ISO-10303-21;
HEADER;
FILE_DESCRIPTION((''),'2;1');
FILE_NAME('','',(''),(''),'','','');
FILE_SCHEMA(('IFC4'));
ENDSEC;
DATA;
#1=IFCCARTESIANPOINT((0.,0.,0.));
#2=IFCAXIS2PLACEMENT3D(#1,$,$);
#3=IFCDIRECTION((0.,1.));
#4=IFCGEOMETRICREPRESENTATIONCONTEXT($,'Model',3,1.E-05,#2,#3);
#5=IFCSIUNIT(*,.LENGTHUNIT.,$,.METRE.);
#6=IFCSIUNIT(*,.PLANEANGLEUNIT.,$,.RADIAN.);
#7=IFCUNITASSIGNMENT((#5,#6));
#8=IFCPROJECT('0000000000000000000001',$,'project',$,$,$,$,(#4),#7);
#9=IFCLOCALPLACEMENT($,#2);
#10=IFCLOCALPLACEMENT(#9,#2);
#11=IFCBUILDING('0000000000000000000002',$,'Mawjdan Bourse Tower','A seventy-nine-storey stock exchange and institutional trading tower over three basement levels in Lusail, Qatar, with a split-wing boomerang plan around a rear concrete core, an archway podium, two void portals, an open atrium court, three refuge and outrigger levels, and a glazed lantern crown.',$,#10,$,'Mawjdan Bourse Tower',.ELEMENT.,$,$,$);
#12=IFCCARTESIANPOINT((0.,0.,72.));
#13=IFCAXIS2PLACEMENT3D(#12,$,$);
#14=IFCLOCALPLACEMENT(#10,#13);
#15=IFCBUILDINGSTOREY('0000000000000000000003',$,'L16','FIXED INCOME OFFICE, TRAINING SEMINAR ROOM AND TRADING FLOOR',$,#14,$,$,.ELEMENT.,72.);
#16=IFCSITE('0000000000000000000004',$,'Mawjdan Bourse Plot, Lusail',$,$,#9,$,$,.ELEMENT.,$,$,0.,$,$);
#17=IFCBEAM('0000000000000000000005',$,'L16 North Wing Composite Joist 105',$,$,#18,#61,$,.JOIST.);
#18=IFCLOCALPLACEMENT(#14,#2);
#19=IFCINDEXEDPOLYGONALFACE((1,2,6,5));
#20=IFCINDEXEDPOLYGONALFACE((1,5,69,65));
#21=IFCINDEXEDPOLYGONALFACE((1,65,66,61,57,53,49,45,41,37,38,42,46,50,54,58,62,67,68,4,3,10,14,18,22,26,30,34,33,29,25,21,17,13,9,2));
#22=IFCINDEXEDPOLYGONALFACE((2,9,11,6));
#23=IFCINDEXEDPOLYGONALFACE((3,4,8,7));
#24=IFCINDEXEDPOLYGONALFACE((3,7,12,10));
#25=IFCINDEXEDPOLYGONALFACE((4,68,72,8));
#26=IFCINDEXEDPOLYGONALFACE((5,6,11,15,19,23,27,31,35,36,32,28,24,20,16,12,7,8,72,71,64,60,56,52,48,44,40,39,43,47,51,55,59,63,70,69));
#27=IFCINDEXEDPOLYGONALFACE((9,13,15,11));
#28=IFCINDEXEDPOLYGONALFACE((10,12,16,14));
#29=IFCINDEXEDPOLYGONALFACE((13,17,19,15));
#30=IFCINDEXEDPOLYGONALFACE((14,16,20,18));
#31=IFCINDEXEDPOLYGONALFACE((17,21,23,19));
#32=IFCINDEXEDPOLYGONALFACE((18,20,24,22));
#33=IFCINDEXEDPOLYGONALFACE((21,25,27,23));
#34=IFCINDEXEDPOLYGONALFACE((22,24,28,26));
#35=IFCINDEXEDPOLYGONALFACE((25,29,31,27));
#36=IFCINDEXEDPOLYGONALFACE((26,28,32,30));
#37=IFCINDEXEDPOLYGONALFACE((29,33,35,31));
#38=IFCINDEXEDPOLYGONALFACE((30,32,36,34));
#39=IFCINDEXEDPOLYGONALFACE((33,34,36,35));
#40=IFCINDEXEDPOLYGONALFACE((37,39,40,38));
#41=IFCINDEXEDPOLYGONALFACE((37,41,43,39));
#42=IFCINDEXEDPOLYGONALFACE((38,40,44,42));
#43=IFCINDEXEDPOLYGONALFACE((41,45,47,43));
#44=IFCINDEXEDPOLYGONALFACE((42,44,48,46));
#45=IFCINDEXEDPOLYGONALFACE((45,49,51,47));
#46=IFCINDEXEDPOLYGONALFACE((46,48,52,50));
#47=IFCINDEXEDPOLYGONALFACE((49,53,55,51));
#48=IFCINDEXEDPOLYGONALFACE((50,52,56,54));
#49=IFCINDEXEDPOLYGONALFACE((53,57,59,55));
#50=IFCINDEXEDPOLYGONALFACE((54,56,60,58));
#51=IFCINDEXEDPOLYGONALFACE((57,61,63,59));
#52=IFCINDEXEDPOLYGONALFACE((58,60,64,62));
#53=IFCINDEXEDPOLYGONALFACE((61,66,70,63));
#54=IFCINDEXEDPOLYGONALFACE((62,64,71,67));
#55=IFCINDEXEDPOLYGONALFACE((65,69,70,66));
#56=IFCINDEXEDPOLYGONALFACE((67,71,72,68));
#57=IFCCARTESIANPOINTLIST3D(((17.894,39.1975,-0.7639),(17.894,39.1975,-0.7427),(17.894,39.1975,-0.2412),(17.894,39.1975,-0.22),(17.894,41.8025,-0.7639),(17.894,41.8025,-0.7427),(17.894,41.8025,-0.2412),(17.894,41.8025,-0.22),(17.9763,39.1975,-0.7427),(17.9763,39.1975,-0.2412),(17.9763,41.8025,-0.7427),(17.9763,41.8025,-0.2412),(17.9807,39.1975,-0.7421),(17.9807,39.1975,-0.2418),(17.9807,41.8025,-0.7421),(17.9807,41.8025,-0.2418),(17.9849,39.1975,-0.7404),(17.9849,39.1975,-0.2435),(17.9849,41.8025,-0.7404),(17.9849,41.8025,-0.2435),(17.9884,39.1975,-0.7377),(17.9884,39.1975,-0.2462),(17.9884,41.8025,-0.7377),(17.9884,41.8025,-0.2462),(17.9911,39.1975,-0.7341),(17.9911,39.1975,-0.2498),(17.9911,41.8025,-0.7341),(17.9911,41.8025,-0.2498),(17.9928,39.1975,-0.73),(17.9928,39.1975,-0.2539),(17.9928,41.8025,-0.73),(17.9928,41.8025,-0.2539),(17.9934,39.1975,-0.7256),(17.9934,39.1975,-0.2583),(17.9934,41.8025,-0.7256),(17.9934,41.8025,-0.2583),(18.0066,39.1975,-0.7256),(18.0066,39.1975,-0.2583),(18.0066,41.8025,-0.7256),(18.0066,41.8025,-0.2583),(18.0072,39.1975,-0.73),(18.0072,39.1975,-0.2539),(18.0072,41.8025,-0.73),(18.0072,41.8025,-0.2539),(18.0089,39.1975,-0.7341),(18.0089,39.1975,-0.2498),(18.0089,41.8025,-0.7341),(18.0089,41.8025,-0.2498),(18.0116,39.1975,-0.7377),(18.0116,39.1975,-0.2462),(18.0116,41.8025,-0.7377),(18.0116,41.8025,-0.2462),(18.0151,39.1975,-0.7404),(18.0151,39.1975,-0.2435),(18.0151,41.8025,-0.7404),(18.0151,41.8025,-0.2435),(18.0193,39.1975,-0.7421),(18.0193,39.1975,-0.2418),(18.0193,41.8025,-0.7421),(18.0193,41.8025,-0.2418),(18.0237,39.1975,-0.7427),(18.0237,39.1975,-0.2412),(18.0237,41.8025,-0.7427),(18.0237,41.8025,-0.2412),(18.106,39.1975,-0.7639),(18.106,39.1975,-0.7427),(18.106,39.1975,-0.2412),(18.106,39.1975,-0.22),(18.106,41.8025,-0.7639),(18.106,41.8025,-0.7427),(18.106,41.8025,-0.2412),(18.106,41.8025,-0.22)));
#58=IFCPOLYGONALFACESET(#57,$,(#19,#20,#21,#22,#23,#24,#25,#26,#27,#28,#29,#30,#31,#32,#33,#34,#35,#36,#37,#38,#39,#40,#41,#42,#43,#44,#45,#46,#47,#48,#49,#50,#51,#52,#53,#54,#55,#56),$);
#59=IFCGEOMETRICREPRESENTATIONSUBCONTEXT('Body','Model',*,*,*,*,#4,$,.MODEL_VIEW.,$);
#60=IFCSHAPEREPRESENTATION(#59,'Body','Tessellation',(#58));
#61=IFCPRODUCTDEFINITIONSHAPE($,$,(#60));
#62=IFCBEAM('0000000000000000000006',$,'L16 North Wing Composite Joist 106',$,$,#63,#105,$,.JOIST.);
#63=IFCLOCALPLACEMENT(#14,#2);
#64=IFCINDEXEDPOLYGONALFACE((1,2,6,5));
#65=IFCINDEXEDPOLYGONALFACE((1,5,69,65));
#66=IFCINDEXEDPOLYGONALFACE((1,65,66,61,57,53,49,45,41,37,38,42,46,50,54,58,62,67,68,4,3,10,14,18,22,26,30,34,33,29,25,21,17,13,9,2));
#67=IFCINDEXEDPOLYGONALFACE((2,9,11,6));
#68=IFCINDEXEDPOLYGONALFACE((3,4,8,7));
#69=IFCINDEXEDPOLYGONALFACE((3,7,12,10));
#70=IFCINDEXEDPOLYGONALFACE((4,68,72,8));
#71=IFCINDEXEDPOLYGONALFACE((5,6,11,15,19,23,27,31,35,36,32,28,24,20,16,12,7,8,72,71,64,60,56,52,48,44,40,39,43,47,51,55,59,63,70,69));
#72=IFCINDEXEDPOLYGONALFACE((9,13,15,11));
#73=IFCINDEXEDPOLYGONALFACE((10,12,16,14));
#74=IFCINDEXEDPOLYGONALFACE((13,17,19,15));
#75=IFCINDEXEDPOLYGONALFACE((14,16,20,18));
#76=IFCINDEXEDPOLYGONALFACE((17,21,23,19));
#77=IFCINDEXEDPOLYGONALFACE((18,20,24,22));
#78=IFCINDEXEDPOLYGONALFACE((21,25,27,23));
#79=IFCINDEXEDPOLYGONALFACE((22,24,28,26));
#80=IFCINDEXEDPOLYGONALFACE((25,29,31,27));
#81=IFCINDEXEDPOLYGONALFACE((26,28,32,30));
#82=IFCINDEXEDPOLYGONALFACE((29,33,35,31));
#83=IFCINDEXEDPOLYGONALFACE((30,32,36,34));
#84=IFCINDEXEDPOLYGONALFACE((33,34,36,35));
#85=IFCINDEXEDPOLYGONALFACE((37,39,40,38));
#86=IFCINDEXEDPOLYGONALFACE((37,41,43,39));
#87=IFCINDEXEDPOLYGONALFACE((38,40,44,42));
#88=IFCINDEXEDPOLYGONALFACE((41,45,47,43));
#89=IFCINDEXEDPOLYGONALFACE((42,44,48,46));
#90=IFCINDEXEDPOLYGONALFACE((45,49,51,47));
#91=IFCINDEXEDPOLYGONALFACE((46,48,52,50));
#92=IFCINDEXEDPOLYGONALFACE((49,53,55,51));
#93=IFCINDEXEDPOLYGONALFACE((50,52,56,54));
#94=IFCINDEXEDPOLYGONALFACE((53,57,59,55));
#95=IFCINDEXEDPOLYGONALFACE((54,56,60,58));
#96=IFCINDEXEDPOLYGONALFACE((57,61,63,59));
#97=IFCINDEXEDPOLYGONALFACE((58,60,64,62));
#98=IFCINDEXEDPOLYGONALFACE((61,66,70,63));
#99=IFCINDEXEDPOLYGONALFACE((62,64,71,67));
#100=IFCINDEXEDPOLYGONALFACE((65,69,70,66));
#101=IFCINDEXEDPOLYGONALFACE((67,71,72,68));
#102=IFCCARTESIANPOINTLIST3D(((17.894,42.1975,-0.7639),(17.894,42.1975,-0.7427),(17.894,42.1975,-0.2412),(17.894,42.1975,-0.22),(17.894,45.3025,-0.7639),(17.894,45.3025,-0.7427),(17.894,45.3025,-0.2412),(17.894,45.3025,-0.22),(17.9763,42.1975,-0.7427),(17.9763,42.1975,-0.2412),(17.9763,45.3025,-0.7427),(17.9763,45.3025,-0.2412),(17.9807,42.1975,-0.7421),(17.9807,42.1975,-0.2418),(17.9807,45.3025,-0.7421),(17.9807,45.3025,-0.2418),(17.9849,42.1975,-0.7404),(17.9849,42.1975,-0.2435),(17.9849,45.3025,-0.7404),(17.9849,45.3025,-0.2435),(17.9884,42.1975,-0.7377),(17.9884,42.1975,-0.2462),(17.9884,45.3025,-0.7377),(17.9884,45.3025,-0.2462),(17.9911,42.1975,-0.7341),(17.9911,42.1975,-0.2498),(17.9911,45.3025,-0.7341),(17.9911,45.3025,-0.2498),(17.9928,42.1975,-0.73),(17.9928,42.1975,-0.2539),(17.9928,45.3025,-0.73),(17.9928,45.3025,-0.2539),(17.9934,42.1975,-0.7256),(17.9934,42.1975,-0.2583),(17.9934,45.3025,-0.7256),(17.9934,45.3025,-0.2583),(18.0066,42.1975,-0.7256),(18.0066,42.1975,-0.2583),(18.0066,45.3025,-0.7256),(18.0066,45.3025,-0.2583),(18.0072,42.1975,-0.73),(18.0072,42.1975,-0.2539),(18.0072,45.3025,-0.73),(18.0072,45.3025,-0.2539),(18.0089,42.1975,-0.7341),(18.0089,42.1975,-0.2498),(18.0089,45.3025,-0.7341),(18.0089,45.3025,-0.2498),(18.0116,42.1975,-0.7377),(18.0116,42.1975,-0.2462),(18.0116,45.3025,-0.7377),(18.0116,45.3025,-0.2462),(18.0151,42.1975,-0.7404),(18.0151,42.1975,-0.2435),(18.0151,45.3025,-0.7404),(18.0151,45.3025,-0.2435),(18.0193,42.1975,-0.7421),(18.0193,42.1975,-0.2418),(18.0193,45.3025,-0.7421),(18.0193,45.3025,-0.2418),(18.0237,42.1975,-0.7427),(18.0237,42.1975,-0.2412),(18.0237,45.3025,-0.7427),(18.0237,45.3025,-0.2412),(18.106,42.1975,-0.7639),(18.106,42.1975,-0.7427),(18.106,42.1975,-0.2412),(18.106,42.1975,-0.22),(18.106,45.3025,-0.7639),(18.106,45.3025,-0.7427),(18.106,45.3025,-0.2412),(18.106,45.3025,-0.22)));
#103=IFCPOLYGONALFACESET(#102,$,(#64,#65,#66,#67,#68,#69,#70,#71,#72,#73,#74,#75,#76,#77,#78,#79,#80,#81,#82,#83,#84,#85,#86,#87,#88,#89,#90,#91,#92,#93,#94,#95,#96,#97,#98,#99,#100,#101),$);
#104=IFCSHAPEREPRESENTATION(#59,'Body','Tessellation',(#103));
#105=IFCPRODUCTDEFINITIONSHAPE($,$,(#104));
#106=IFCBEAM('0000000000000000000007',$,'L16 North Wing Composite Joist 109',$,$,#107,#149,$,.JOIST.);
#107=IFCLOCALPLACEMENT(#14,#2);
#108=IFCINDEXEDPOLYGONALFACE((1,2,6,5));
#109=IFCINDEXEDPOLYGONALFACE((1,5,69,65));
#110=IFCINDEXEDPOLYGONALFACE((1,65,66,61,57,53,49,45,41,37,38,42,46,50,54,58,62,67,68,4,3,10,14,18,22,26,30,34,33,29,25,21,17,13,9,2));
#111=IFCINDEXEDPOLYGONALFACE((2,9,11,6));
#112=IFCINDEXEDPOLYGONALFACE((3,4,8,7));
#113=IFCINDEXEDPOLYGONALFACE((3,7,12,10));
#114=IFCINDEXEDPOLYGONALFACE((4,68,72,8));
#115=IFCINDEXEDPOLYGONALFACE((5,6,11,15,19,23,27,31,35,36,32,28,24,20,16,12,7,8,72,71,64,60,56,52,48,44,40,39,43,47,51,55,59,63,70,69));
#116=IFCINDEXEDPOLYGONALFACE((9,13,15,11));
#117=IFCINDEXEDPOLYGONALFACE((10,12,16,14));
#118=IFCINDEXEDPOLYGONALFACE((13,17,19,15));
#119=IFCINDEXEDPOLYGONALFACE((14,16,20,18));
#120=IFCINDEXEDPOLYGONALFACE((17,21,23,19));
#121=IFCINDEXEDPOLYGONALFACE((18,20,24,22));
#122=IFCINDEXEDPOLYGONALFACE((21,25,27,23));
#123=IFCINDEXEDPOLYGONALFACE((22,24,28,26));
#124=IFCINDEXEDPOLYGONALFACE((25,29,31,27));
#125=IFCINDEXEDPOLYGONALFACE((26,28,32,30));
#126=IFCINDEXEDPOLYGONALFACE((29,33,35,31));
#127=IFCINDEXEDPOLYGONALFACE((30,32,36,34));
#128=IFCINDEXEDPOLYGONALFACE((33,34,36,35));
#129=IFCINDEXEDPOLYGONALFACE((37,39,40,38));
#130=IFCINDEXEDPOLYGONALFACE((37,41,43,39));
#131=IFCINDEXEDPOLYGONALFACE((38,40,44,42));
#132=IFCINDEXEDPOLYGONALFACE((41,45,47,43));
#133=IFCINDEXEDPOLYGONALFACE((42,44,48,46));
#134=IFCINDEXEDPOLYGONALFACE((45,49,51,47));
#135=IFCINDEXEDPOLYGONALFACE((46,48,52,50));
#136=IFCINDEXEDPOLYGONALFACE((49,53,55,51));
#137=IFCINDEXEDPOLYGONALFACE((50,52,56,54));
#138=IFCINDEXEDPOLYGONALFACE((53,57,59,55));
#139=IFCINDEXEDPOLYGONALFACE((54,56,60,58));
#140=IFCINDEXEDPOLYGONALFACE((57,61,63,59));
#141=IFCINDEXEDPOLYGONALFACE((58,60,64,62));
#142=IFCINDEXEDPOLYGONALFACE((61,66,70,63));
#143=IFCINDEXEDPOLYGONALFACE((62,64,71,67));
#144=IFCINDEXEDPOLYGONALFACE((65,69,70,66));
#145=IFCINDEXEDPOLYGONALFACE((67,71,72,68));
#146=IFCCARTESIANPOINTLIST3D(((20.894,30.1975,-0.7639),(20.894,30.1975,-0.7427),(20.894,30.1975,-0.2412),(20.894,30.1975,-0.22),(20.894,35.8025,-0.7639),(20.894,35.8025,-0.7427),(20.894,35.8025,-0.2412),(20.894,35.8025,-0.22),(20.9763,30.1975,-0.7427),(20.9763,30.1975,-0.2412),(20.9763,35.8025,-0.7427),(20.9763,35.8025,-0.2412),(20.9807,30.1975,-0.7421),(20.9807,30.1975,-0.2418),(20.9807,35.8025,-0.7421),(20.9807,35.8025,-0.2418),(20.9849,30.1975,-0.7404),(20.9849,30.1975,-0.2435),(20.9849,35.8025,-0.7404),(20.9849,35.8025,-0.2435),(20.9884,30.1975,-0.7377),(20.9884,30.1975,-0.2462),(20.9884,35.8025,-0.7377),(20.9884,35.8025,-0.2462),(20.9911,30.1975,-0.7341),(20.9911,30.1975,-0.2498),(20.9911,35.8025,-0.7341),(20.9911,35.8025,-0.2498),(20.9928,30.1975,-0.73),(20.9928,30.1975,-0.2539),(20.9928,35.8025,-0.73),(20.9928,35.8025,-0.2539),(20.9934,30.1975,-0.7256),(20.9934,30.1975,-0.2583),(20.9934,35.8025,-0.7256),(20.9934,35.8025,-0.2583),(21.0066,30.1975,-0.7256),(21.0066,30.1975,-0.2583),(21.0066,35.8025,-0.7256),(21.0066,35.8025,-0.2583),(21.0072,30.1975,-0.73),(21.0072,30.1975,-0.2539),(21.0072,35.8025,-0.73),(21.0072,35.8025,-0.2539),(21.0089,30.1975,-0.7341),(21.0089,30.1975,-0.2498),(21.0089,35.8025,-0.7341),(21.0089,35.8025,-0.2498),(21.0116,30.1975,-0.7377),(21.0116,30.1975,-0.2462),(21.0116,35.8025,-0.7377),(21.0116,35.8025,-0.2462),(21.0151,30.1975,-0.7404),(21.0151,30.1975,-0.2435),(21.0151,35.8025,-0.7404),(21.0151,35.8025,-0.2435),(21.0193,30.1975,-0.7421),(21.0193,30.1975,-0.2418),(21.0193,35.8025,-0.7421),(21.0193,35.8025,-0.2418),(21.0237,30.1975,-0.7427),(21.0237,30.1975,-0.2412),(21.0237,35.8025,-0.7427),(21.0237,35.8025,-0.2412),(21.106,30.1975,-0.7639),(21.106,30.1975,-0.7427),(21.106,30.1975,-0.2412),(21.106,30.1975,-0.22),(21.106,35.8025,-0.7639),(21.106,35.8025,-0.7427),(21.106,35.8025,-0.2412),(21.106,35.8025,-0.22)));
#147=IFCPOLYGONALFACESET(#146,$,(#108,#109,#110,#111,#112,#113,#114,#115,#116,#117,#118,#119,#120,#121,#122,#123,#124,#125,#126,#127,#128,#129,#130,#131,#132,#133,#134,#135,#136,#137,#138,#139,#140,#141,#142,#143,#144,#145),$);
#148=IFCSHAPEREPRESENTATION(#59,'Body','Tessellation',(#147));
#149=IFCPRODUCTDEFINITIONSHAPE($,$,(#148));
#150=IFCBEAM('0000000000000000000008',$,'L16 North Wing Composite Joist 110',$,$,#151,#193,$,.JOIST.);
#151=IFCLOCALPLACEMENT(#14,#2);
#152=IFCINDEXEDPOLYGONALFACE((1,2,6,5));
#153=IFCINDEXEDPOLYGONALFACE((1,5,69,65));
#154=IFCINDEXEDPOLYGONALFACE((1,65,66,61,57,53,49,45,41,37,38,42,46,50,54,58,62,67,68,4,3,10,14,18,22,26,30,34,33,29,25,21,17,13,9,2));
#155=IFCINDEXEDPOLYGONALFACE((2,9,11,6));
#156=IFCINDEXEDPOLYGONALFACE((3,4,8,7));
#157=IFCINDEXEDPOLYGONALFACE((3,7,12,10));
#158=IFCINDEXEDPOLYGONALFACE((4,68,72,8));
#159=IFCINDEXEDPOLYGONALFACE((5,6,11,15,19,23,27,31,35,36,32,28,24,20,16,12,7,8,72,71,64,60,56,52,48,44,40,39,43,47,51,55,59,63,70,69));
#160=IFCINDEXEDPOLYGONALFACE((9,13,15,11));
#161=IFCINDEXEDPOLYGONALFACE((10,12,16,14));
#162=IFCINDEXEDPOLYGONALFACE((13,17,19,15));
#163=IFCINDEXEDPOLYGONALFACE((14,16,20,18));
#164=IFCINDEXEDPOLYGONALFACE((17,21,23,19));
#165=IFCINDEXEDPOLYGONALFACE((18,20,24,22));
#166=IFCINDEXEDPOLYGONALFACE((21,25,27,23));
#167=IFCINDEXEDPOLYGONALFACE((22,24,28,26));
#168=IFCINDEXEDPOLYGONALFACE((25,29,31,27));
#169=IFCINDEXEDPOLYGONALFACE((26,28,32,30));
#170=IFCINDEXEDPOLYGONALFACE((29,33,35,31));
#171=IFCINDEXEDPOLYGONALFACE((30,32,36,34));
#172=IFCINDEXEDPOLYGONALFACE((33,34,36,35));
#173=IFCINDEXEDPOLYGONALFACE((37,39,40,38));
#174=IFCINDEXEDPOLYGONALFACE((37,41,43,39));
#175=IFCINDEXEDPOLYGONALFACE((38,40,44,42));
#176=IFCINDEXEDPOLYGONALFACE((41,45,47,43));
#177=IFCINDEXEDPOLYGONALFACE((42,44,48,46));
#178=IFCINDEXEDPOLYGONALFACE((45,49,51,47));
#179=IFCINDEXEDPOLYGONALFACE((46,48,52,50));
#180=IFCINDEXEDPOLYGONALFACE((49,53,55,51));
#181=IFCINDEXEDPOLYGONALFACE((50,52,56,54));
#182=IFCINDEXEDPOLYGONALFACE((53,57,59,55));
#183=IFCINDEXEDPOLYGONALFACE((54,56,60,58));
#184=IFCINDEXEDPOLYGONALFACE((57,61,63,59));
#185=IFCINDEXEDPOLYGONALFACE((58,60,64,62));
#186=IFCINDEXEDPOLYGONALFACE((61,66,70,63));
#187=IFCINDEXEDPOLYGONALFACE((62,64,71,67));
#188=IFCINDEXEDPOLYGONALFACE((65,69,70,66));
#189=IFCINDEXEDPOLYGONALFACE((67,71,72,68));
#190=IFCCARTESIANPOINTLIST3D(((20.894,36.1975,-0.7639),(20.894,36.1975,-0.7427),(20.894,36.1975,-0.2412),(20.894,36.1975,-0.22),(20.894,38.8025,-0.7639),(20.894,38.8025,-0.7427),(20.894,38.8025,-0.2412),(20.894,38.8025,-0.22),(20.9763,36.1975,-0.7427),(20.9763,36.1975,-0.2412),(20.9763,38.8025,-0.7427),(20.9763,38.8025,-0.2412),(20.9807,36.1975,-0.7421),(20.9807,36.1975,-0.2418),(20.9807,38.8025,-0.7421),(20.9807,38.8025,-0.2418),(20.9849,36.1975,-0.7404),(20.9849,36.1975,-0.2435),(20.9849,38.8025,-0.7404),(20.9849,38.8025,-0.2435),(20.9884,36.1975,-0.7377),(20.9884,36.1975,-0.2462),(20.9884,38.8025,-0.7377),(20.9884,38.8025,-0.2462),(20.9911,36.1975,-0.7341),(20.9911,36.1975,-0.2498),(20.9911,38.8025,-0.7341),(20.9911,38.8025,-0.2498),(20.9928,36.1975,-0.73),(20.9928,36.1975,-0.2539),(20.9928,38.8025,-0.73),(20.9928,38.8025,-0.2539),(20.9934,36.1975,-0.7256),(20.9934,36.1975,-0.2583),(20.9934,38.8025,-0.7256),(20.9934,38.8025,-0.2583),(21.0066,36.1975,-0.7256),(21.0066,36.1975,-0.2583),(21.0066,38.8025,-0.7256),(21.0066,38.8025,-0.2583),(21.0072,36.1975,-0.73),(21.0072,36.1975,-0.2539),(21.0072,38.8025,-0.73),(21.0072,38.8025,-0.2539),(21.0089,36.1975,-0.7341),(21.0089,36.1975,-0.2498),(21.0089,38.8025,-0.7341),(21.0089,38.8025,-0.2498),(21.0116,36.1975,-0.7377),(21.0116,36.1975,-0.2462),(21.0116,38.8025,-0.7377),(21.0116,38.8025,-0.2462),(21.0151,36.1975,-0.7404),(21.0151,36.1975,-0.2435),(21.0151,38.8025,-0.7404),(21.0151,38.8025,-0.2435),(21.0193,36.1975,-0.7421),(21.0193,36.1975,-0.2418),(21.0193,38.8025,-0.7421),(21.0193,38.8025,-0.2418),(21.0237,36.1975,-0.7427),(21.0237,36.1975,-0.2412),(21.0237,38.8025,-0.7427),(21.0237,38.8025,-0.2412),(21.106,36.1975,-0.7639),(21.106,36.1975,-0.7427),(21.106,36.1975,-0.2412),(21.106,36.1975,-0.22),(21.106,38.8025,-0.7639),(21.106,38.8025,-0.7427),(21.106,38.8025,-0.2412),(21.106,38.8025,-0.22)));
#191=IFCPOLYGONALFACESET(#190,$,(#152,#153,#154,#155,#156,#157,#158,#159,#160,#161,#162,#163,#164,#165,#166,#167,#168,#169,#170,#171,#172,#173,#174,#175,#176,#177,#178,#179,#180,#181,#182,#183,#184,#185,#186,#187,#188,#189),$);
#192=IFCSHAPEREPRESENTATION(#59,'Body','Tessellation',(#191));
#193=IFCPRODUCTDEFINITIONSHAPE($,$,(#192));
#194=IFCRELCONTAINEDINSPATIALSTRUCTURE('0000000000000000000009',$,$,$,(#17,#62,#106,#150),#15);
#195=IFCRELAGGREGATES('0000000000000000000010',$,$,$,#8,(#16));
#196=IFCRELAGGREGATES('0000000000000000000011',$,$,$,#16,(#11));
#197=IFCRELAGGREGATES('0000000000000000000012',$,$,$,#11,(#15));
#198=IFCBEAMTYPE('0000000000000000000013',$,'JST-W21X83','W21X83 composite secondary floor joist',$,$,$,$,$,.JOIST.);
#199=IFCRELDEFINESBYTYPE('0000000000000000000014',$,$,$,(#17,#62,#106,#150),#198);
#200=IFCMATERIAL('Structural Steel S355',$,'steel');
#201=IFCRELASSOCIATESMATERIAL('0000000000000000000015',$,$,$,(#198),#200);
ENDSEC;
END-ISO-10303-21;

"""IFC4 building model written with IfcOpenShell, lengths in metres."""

from ifc_helpers import new_model, si_unit, direction, frame, origin, origin_2d, place, context, subcontext, project, spatial, i_section, extrude, material, material_profile, profile_set, type_object, element, save


model = new_model("IFC4")

# Units and contexts
model_context = context("Model", 3, precision=1e-05, world=origin(), true_north=direction((0.0, 1.0)))
body_context = subcontext(model_context, "Body", "Model", "MODEL_VIEW")
ifc_project = project(units=[si_unit("LENGTHUNIT", "METRE"), si_unit("PLANEANGLEUNIT", "RADIAN")], contexts=[model_context])

# Site, building, storey
site_placement = place(None, origin())
site = spatial("IfcSite", under=ifc_project, at=site_placement, Name="Mawjdan Bourse Plot, Lusail", CompositionType="ELEMENT", RefElevation=0.0)
building_placement = place(site_placement, origin())
building = spatial("IfcBuilding", under=site, at=building_placement, Name="Mawjdan Bourse Tower", Description="A seventy-nine-storey stock exchange and institutional trading tower over three basement levels in Lusail, Qatar, with a split-wing boomerang plan around a rear concrete core, an archway podium, two void portals, an open atrium court, three refuge and outrigger levels, and a glazed lantern crown.", LongName="Mawjdan Bourse Tower", CompositionType="ELEMENT")
storey_placement = place(building_placement, frame((0.0, 0.0, 72.0)))
storey = spatial("IfcBuildingStorey", under=building, at=storey_placement, Name="L16", Description="FIXED INCOME OFFICE, TRAINING SEMINAR ROOM AND TRADING FLOOR", CompositionType="ELEMENT", Elevation=72.0)

# Beams
ifc_material_1 = material(Name="Structural Steel S355", Category="steel")
ifc_material_profile_1 = material_profile(ifc_material_1, i_section(OverallWidth=0.2119, OverallDepth=0.5439, WebThickness=0.0132, FlangeThickness=0.0212, FilletRadius=0.0171, at=origin_2d()), Name="W21X83")
ifc_profile_set_1 = profile_set([ifc_material_profile_1], Name="Structural Steel S355")
beam_type_1 = type_object("IfcBeamType", Name="JST-W21X83", Description="W21X83 composite secondary floor joist", PredefinedType="JOIST", material=ifc_profile_set_1)
for number, where, z_axis, x_axis, name in (
    (1, (18.0, 39.1975, -0.4919), (0.0, 1.0, 0.0), (-1.0, 0.0, 0.0), "L16 North Wing Composite Joist 105"),
):
    element("IfcBeam", number, at=place(storey_placement, frame(where, z_axis=z_axis, x_axis=x_axis)), inside=storey, type_object=beam_type_1, Name=name, PredefinedType="JOIST", context=body_context, shape_type="SweptSolid", body=[
        extrude(i_section(OverallWidth=0.2119, OverallDepth=0.5439, WebThickness=0.0132, FlangeThickness=0.0212, FilletRadius=0.0171, at=origin_2d()), origin(), (0.0, 0.0, 1.0), 2.605),
    ])
beam_1_placement = place(storey_placement, frame((18.0, 42.1975, -0.4919), z_axis=(0.0, 1.0, 0.0), x_axis=(-1.0, 0.0, 0.0)))
element("IfcBeam", 2, at=beam_1_placement, inside=storey, type_object=beam_type_1, Name="L16 North Wing Composite Joist 106", PredefinedType="JOIST", context=body_context, shape_type="SweptSolid", body=[
    extrude(i_section(OverallWidth=0.2119, OverallDepth=0.5439, WebThickness=0.0132, FlangeThickness=0.0212, FilletRadius=0.0171, at=origin_2d()), origin(), (0.0, 0.0, 1.0), 3.105),
])
beam_2_placement = place(storey_placement, frame((21.0, 30.1975, -0.4919), z_axis=(0.0, 1.0, 0.0), x_axis=(-1.0, 0.0, 0.0)))
element("IfcBeam", 3, at=beam_2_placement, inside=storey, type_object=beam_type_1, Name="L16 North Wing Composite Joist 109", PredefinedType="JOIST", context=body_context, shape_type="SweptSolid", body=[
    extrude(i_section(OverallWidth=0.2119, OverallDepth=0.5439, WebThickness=0.0132, FlangeThickness=0.0212, FilletRadius=0.0171, at=origin_2d()), origin(), (0.0, 0.0, 1.0), 5.605),
])
beam_3_placement = place(storey_placement, frame((21.0, 36.1975, -0.4919), z_axis=(0.0, 1.0, 0.0), x_axis=(-1.0, 0.0, 0.0)))
element("IfcBeam", 4, at=beam_3_placement, inside=storey, type_object=beam_type_1, Name="L16 North Wing Composite Joist 110", PredefinedType="JOIST", context=body_context, shape_type="SweptSolid", body=[
    extrude(i_section(OverallWidth=0.2119, OverallDepth=0.5439, WebThickness=0.0132, FlangeThickness=0.0212, FilletRadius=0.0171, at=origin_2d()), origin(), (0.0, 0.0, 1.0), 2.605),
])

save(model, "model.ifc")
